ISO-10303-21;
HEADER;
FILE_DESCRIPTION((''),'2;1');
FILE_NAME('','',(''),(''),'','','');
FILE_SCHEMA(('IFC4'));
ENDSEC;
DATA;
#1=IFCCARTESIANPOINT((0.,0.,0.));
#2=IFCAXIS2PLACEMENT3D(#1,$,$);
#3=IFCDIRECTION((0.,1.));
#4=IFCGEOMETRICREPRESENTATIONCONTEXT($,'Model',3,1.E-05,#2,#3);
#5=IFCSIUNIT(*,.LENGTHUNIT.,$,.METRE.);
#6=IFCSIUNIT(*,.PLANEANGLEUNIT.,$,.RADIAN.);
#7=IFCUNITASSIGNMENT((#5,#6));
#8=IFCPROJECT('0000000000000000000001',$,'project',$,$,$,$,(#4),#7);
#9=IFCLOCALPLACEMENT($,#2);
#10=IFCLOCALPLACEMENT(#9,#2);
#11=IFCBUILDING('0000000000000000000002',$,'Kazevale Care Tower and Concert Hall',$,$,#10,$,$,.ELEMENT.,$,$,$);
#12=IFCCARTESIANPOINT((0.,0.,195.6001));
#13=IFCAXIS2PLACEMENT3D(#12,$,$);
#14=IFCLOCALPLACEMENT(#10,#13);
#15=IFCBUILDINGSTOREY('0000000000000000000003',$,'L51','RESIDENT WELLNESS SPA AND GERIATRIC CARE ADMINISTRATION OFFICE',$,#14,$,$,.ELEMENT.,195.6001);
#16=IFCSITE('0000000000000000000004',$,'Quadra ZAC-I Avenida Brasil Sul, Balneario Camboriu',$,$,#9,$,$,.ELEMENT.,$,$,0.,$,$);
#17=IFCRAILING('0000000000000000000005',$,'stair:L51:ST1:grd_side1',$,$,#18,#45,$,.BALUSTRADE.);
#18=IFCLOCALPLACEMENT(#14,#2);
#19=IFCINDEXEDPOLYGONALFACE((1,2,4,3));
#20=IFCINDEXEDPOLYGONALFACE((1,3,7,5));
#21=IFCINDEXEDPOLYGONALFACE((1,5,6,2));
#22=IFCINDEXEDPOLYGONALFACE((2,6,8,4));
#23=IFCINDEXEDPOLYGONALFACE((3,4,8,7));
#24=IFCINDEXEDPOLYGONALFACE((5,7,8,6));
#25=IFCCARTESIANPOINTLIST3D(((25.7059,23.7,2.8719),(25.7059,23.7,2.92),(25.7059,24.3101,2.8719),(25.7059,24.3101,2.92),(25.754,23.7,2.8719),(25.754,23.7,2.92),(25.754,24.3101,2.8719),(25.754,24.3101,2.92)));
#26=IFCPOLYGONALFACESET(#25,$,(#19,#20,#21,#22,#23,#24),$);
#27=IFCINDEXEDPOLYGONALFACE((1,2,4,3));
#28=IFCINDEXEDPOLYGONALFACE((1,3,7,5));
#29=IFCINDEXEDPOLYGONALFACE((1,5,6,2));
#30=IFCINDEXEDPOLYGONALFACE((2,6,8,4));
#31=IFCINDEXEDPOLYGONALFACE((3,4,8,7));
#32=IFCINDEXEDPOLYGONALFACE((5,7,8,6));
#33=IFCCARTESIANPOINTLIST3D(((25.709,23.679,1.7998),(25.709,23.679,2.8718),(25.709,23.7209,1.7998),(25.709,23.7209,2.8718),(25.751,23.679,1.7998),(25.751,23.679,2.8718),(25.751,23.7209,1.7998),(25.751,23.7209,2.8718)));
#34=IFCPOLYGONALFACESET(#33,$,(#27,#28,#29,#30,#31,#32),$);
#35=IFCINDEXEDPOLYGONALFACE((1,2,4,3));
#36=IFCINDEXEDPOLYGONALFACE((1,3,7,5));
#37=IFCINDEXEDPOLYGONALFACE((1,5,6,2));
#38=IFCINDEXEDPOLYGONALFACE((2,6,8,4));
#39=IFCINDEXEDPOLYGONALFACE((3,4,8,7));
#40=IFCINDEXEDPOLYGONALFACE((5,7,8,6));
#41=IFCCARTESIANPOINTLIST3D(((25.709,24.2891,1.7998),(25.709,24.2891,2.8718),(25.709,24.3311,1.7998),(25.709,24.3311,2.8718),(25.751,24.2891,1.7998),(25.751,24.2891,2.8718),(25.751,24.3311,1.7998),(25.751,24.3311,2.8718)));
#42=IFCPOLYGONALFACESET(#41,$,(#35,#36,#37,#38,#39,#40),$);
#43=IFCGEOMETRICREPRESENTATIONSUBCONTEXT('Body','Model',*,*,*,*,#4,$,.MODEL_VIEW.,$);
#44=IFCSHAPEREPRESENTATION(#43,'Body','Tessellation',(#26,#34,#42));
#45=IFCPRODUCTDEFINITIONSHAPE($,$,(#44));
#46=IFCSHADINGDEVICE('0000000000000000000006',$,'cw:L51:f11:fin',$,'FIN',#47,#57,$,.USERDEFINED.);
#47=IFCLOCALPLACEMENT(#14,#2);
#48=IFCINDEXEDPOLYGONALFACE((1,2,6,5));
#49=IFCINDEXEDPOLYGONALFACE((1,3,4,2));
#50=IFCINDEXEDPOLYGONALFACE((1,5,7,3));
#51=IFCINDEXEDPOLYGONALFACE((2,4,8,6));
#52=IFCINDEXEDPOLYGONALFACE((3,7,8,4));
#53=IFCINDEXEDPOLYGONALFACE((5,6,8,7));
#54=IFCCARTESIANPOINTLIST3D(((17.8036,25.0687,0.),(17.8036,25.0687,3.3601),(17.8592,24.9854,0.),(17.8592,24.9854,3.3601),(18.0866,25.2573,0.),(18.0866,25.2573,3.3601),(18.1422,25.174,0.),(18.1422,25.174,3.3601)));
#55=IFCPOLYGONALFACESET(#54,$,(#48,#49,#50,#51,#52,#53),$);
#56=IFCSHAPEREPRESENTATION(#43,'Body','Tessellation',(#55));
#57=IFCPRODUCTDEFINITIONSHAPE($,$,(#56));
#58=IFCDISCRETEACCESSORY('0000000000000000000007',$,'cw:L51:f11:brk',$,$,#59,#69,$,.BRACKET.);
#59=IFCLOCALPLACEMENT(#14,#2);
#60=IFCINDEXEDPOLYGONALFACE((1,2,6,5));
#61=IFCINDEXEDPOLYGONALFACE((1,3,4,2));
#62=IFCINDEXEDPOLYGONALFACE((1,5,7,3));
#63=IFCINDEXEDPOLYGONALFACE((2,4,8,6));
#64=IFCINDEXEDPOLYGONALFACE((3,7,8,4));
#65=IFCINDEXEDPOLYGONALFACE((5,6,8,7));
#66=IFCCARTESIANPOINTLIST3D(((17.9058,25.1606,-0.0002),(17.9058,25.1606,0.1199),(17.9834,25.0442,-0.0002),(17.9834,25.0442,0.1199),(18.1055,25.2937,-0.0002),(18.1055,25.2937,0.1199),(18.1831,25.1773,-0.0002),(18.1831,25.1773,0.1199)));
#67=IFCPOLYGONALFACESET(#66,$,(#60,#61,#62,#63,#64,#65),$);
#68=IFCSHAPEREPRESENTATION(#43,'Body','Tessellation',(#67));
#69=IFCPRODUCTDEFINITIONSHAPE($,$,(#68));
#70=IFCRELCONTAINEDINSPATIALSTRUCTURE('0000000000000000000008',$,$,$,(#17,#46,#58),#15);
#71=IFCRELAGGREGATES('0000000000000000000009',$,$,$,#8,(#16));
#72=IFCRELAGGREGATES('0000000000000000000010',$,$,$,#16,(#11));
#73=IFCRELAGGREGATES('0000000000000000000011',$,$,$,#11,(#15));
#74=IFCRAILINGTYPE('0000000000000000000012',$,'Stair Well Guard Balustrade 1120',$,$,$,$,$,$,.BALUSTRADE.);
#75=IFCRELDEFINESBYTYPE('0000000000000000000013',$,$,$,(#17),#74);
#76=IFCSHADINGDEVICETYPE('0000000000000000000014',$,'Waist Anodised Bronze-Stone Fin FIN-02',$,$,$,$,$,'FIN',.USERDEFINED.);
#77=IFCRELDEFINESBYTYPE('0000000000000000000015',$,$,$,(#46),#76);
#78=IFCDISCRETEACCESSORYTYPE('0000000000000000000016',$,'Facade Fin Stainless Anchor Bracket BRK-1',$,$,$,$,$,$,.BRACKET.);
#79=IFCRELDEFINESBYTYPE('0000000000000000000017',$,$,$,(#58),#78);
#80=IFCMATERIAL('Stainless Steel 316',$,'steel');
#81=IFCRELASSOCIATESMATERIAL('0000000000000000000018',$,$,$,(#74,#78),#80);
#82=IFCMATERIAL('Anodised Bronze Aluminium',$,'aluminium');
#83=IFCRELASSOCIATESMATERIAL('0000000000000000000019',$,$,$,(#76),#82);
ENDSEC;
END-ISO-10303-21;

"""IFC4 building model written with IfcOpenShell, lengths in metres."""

from ifc_helpers import new_model, si_unit, direction, frame, origin, origin_2d, place, context, subcontext, project, spatial, rectangle, extrude, material, type_object, element, save


model = new_model("IFC4")

# Units and contexts
model_context = context("Model", 3, precision=1e-05, world=origin(), true_north=direction((0.0, 1.0)))
body_context = subcontext(model_context, "Body", "Model", "MODEL_VIEW")
ifc_project = project(units=[si_unit("LENGTHUNIT", "METRE"), si_unit("PLANEANGLEUNIT", "RADIAN")], contexts=[model_context])

# Site, building, storey
site_placement = place(None, origin())
site = spatial("IfcSite", under=ifc_project, at=site_placement, Name="Quadra ZAC-I Avenida Brasil Sul, Balneario Camboriu", CompositionType="ELEMENT", RefElevation=0.0)
building_placement = place(site_placement, origin())
building = spatial("IfcBuilding", under=site, at=building_placement, Name="Kazevale Care Tower and Concert Hall", CompositionType="ELEMENT")
storey_placement = place(building_placement, frame((0.0, 0.0, 195.6001)))
storey = spatial("IfcBuildingStorey", under=building, at=storey_placement, Name="L51", Description="RESIDENT WELLNESS SPA AND GERIATRIC CARE ADMINISTRATION OFFICE", CompositionType="ELEMENT", Elevation=195.6001)

# Railing
ifc_material_1 = material(Name="Stainless Steel 316", Category="steel")
railing_type = type_object("IfcRailingType", Name="Stair Well Guard Balustrade 1120", PredefinedType="BALUSTRADE", material=ifc_material_1)
railing_placement = place(storey_placement, frame((25.73, 23.7, 1.7998)))
element("IfcRailing", 1, at=railing_placement, inside=storey, type_object=railing_type, Name="stair:L51:ST1:grd_side1", PredefinedType="BALUSTRADE", context=body_context, shape_type="SweptSolid", body=[
    extrude(rectangle(XDim=0.0481, YDim=0.0481, at=origin_2d()), frame((0.0, 0.0, 1.0962), z_axis=(0.0, 1.0, 0.0), x_axis=(-1.0, 0.0, 0.0)), (0.0, 0.0, 1.0), 0.6101),
    extrude(rectangle(XDim=0.042, YDim=0.042, at=origin_2d()), origin(), (0.0, 0.0, 1.0), 1.072),
    extrude(rectangle(XDim=0.042, YDim=0.042, at=origin_2d()), frame((0.0, 0.6101, 0.0)), (0.0, 0.0, 1.0), 1.072),
])

# Shading device
ifc_material_2 = material(Name="Anodised Bronze Aluminium", Category="aluminium")
shading_device_type = type_object("IfcShadingDeviceType", Name="Waist Anodised Bronze-Stone Fin FIN-02", ElementType="FIN", PredefinedType="USERDEFINED", material=ifc_material_2)
shading_device_placement = place(storey_placement, frame((17.9729, 25.1213, 0.0), z_axis=(0.0, 0.0, 1.0), x_axis=(-0.832148, -0.554554, 0.0)))
element("IfcShadingDevice", 2, at=shading_device_placement, inside=storey, type_object=shading_device_type, Name="cw:L51:f11:fin", ObjectType="FIN", PredefinedType="USERDEFINED", context=body_context, shape_type="SweptSolid", body=[
    extrude(rectangle(XDim=0.3401, YDim=0.1001, at=origin_2d()), origin(), (0.0, 0.0, 1.0), 3.3601),
])

# Discrete accessory
discrete_accessory_type = type_object("IfcDiscreteAccessoryType", Name="Facade Fin Stainless Anchor Bracket BRK-1", PredefinedType="BRACKET", material=ifc_material_1)
discrete_accessory_placement = place(storey_placement, frame((18.0444, 25.1689, -0.0002), z_axis=(0.0, 0.0, 1.0), x_axis=(-0.832148, -0.554554, 0.0)))
element("IfcDiscreteAccessory", 3, at=discrete_accessory_placement, inside=storey, type_object=discrete_accessory_type, Name="cw:L51:f11:brk", PredefinedType="BRACKET", context=body_context, shape_type="SweptSolid", body=[
    extrude(rectangle(XDim=0.24, YDim=0.1399, at=origin_2d()), origin(), (0.0, 0.0, 1.0), 0.1201),
])

save(model, "model.ifc")
